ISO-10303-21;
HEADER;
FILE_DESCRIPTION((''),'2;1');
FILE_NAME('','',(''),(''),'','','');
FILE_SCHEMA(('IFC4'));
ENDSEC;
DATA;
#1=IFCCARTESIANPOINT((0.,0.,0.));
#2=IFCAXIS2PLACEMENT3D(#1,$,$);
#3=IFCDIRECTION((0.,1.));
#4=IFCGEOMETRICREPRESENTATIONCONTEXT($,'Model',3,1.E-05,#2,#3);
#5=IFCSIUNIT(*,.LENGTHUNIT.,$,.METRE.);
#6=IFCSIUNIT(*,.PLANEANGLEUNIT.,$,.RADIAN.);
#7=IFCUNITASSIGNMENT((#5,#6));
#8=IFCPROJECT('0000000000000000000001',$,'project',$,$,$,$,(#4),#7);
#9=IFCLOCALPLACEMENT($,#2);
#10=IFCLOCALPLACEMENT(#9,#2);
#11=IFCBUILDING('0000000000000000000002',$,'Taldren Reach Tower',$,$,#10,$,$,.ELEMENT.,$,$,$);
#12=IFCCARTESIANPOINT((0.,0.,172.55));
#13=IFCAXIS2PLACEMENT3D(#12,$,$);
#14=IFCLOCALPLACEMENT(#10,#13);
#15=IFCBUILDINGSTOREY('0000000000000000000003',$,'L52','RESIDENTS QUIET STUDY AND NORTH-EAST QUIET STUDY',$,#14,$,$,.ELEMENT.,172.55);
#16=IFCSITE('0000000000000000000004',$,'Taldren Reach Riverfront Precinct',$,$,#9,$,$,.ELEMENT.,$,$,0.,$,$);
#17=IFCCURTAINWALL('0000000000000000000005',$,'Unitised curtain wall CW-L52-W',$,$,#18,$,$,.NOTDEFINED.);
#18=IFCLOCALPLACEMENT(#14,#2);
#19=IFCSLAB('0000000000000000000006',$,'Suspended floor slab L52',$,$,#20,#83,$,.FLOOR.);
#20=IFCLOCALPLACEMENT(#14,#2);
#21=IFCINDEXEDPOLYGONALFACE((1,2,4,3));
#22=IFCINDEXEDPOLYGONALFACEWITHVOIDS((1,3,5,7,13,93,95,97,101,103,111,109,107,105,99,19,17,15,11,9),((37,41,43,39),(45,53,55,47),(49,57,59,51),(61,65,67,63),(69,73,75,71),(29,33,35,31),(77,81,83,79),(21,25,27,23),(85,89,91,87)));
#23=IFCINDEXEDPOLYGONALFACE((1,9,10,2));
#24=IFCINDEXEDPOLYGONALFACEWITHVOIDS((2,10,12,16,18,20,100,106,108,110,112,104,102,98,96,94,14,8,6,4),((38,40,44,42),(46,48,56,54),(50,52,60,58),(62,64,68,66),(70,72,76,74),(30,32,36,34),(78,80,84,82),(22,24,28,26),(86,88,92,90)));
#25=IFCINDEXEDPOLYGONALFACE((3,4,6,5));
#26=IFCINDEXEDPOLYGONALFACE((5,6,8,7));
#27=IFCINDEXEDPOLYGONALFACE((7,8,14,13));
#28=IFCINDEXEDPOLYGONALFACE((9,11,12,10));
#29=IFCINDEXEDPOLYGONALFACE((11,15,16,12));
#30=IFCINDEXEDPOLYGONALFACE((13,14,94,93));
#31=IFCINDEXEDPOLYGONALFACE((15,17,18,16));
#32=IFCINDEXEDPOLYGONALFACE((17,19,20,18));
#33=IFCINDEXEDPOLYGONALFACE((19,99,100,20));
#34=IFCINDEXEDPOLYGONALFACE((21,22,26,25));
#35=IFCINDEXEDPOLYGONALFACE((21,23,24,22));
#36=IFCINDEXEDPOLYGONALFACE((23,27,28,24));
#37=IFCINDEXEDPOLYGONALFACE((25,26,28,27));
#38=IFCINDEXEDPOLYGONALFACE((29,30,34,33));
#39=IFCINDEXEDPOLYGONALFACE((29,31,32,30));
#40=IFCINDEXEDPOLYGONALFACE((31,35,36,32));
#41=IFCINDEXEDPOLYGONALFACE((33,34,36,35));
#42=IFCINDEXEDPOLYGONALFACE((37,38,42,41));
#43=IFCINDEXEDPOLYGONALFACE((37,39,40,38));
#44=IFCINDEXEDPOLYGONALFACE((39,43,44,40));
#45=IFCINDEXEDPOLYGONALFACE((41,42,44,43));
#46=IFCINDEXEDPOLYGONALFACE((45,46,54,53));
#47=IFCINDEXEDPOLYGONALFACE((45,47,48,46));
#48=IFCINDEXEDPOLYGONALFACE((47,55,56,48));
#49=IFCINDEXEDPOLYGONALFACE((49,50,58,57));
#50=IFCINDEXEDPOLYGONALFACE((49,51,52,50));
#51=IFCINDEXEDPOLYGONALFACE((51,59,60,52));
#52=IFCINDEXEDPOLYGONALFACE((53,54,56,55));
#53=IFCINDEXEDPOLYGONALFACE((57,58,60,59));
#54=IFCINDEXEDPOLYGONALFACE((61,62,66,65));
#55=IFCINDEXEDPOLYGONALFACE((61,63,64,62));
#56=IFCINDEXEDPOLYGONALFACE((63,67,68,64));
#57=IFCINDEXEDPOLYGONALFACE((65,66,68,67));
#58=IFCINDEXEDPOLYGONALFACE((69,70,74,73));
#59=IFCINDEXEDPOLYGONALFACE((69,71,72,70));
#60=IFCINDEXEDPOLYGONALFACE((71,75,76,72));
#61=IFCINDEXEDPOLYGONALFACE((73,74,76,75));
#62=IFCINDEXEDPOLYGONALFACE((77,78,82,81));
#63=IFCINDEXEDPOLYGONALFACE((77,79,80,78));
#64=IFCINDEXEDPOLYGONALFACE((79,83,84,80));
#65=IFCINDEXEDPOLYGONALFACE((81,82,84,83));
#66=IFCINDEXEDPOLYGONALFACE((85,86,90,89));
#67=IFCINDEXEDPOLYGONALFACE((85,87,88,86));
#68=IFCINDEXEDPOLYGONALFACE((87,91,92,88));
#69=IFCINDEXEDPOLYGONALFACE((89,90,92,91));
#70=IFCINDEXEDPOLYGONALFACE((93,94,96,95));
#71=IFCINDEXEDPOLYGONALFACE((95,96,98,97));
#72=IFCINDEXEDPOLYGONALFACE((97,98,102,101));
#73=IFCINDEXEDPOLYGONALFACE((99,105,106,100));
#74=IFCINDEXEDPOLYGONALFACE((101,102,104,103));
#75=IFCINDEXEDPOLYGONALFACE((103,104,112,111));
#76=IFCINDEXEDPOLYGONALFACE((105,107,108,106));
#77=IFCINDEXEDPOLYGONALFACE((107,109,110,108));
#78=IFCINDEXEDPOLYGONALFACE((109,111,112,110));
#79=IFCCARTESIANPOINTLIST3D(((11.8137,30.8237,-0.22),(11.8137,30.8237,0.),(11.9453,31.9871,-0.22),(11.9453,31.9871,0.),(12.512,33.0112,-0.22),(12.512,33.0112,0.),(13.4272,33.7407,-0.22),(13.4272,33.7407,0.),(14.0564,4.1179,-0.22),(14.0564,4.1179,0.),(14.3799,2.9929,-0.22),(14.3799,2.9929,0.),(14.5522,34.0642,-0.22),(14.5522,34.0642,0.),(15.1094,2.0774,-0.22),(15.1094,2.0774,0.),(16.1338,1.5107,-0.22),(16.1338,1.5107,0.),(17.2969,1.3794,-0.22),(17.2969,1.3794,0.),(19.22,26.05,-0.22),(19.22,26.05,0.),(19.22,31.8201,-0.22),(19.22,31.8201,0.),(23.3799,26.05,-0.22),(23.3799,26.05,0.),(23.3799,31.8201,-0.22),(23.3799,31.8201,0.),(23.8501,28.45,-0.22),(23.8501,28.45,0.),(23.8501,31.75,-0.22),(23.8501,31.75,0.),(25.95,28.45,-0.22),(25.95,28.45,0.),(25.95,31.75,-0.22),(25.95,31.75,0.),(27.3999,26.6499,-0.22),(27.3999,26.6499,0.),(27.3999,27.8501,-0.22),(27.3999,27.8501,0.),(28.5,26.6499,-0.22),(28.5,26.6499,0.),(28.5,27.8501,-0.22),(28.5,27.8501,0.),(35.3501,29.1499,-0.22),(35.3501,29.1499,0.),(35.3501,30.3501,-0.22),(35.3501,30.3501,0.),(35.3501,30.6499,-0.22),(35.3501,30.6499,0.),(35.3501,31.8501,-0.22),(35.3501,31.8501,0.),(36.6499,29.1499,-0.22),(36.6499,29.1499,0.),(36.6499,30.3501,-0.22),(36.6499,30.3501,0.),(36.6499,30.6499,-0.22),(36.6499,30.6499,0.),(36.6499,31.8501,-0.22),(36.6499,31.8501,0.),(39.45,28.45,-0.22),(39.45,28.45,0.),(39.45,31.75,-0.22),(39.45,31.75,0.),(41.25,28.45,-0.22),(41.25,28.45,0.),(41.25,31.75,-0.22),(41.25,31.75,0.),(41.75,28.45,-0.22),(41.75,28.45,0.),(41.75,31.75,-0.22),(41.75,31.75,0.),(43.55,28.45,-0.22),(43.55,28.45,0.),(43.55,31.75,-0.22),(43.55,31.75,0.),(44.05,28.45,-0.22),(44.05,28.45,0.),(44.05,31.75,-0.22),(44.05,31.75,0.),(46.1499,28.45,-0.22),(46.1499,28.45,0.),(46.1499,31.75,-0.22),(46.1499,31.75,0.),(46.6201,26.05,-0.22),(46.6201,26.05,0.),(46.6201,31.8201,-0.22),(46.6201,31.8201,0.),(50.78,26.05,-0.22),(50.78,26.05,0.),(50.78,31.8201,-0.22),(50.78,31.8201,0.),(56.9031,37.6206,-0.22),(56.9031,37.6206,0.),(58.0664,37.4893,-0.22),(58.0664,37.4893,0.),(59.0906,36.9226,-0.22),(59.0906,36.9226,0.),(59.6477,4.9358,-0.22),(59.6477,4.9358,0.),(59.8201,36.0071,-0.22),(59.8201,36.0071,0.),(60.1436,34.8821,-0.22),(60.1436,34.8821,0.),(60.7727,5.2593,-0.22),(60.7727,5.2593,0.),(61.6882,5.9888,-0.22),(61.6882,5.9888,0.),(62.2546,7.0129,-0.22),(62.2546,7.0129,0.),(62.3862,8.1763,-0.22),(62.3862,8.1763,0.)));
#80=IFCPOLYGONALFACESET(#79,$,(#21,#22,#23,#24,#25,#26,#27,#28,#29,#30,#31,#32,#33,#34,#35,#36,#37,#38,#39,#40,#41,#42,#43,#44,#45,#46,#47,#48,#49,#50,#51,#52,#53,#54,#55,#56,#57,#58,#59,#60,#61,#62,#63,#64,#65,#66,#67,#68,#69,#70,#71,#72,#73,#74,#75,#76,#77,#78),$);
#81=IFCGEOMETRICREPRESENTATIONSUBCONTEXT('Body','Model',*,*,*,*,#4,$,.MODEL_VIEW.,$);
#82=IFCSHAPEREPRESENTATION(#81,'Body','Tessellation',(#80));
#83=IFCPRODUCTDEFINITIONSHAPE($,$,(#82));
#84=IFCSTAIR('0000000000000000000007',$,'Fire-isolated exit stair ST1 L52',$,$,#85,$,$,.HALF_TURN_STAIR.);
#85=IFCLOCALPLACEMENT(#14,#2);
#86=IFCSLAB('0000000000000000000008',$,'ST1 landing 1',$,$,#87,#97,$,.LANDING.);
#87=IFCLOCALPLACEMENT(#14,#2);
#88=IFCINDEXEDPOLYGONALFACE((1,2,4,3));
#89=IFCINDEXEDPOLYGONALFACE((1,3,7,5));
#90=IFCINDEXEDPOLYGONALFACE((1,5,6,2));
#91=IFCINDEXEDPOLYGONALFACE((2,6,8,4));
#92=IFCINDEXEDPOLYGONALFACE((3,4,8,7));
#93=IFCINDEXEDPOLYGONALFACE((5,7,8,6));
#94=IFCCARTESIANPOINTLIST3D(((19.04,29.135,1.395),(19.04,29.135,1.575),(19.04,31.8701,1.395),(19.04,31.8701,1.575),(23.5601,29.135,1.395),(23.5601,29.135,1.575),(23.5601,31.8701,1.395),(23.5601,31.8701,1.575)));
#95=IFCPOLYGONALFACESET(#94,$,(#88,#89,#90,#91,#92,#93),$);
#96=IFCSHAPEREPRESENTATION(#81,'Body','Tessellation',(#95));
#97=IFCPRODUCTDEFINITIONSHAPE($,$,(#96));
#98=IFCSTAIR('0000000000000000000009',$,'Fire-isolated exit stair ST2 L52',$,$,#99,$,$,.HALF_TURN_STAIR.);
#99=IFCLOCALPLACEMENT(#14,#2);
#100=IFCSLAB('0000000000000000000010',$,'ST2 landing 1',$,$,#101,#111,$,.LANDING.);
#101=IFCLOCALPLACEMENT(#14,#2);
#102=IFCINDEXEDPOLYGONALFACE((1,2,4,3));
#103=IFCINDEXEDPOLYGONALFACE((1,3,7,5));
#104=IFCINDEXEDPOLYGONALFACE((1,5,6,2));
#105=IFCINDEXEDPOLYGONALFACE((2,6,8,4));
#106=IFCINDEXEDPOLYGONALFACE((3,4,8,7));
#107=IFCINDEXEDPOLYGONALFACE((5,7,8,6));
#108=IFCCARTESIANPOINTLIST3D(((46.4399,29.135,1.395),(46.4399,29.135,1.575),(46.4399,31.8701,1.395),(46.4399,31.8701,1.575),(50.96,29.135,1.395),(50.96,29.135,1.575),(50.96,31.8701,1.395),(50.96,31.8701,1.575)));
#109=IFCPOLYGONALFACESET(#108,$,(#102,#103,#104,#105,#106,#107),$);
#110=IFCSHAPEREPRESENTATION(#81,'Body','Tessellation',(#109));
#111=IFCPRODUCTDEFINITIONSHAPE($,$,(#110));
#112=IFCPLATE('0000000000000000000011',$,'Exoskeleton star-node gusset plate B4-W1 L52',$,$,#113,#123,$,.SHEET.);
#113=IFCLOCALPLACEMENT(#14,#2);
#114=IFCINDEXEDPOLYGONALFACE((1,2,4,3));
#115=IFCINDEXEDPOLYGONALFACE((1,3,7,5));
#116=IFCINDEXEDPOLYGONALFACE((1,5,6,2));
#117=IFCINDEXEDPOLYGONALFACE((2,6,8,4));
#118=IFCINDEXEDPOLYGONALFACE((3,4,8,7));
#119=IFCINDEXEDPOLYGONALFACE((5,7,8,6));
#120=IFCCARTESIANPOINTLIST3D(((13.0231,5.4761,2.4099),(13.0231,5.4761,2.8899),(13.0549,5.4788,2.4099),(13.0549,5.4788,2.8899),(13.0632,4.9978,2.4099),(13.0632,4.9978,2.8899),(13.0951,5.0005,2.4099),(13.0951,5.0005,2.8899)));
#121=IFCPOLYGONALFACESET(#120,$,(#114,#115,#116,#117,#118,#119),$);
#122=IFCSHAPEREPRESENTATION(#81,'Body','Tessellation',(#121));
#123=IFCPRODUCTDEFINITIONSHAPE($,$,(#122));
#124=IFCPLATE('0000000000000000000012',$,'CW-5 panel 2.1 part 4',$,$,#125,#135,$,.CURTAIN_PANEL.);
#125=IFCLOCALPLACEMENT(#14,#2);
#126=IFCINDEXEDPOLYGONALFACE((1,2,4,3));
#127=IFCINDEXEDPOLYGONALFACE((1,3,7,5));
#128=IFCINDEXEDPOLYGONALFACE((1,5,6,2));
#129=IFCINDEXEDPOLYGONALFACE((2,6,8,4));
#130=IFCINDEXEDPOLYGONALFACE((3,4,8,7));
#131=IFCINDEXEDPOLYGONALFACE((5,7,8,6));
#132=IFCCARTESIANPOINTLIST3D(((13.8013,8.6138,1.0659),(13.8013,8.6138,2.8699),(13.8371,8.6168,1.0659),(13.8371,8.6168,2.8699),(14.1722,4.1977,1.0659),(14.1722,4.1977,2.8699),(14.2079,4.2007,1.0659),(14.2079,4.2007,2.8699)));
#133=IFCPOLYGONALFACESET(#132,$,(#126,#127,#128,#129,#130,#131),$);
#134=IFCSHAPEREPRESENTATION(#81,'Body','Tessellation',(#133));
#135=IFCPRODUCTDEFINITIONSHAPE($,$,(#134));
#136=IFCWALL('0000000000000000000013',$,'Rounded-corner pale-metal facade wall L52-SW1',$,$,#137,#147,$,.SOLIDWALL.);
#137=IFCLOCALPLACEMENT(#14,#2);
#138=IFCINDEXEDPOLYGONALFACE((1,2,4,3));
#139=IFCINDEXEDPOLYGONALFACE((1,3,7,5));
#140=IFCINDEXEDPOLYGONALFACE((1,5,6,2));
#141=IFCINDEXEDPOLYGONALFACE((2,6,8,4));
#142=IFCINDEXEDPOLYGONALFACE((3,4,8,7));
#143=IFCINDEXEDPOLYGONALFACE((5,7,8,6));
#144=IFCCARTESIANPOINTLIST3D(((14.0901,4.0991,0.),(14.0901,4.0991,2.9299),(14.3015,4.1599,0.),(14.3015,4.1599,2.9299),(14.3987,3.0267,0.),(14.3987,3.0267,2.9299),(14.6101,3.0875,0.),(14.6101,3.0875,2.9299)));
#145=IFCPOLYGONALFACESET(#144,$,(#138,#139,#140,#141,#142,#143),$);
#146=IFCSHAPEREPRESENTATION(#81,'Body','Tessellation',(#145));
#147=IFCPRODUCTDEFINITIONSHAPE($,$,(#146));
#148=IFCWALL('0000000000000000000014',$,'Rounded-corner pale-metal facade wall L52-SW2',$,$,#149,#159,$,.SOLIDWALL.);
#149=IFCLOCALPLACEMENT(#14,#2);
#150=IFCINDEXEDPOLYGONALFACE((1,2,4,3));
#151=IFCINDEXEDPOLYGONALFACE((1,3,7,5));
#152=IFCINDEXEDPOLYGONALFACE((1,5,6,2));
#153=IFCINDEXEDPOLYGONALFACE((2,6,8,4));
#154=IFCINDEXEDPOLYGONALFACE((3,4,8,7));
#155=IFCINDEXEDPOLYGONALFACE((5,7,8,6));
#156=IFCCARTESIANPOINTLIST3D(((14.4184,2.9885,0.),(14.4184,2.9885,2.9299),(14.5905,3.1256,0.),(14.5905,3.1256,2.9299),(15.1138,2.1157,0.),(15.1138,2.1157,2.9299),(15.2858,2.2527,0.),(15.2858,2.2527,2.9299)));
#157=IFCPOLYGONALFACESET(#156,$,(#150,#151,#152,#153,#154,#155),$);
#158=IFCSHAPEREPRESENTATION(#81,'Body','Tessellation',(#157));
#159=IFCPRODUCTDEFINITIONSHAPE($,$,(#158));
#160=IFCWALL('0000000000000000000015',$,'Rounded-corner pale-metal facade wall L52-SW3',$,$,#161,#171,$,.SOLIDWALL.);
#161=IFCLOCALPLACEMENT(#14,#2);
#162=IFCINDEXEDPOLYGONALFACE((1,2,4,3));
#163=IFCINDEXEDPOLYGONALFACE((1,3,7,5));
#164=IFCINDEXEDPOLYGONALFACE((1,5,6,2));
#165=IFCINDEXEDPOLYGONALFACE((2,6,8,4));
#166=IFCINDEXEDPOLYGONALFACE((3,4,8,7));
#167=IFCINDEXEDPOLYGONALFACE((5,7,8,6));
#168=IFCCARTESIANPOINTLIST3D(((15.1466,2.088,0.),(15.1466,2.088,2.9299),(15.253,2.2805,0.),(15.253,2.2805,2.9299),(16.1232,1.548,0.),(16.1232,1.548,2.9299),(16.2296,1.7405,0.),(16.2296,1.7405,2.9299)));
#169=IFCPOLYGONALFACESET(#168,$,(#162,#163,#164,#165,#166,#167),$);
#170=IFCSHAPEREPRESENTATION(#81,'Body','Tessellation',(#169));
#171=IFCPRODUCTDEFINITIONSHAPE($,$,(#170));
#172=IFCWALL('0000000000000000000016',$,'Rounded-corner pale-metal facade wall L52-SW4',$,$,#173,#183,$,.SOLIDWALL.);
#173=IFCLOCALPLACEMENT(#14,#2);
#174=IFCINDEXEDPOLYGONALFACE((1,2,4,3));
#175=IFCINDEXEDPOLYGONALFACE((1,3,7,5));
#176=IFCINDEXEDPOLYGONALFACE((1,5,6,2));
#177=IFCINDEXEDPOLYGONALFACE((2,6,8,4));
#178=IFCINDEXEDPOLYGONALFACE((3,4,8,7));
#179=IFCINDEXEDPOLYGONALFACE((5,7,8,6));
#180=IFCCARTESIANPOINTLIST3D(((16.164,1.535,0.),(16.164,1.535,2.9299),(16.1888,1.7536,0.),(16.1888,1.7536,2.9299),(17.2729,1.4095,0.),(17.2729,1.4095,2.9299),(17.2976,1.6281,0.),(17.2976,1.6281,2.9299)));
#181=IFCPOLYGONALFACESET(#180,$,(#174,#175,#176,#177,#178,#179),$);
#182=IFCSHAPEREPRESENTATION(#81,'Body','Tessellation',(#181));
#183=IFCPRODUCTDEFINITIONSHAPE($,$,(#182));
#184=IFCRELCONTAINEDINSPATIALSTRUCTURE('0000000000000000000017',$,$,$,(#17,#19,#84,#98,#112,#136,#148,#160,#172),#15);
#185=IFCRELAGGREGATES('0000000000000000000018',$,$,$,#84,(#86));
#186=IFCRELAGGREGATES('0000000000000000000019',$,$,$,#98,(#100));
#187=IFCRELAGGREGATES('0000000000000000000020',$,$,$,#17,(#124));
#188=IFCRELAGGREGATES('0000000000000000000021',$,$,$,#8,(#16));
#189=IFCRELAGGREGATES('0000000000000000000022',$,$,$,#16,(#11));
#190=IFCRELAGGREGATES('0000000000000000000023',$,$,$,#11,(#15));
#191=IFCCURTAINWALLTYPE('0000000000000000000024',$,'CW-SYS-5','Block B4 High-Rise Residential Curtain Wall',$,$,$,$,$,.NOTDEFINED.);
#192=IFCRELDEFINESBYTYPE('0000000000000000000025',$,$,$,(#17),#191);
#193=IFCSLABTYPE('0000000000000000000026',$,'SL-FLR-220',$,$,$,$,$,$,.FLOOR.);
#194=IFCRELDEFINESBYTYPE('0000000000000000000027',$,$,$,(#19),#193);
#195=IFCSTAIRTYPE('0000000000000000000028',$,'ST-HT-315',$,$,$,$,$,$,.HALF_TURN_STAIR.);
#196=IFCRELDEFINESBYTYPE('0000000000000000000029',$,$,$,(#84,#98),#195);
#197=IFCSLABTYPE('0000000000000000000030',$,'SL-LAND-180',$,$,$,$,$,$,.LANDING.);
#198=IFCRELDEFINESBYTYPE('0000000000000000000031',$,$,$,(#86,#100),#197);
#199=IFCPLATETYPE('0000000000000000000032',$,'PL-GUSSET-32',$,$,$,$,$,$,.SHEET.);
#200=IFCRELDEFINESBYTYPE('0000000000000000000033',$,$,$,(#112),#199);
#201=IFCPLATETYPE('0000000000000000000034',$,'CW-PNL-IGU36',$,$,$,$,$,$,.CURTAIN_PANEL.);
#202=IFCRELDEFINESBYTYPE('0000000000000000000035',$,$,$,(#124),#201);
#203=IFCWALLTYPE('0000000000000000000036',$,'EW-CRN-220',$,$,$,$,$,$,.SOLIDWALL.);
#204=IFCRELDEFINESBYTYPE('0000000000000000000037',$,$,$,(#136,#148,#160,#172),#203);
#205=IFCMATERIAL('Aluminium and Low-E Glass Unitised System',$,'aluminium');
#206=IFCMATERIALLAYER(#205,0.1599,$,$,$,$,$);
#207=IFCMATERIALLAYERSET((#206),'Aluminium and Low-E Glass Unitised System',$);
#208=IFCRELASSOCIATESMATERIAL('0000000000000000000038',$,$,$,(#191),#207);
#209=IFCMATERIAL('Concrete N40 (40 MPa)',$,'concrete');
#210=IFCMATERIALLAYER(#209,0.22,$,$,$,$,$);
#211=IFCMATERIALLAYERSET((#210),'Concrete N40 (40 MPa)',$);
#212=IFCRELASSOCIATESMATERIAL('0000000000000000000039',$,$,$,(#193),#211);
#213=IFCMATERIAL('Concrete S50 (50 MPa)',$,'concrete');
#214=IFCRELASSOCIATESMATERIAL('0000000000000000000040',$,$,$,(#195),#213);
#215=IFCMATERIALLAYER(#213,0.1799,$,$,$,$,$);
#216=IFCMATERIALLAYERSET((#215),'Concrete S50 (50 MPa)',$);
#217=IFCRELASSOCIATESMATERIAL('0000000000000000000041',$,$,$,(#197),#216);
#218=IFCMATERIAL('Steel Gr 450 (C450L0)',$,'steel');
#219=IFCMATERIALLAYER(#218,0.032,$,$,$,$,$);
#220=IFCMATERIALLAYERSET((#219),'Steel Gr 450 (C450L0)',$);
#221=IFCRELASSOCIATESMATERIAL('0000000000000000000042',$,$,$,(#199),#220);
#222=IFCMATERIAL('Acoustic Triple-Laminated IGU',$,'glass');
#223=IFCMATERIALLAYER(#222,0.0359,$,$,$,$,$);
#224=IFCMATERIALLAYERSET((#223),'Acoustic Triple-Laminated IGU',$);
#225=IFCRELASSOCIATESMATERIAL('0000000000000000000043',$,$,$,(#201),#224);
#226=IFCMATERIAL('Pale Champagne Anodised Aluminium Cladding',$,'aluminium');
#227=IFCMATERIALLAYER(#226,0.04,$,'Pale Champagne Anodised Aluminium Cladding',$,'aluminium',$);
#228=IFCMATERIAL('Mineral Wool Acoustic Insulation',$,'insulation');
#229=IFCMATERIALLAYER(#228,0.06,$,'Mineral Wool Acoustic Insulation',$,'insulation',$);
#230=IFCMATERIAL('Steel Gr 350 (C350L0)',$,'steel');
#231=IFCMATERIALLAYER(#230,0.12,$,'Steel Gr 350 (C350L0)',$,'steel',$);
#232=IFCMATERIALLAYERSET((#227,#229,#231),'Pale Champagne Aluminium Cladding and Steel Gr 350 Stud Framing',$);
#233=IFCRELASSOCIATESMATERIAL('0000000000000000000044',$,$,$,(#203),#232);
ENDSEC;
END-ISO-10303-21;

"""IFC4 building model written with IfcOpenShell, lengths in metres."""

from ifc_helpers import new_model, si_unit, direction, frame, frame_2d, origin, origin_2d, place, context, subcontext, project, spatial, polyline, rectangle, outline, extrude, source, transform, mapped, material, layer, layer_set, type_object, element, aggregate, save


model = new_model("IFC4")

# Units and contexts
model_context = context("Model", 3, precision=1e-05, world=origin(), true_north=direction((0.0, 1.0)))
body_context = subcontext(model_context, "Body", "Model", "MODEL_VIEW")
ifc_project = project(units=[si_unit("LENGTHUNIT", "METRE"), si_unit("PLANEANGLEUNIT", "RADIAN")], contexts=[model_context])

# Site, building, storey
site_placement = place(None, origin())
site = spatial("IfcSite", under=ifc_project, at=site_placement, Name="Taldren Reach Riverfront Precinct", CompositionType="ELEMENT", RefElevation=0.0)
building_placement = place(site_placement, origin())
building = spatial("IfcBuilding", under=site, at=building_placement, Name="Taldren Reach Tower", CompositionType="ELEMENT")
storey_placement = place(building_placement, frame((0.0, 0.0, 172.55)))
storey = spatial("IfcBuildingStorey", under=building, at=storey_placement, Name="L52", Description="RESIDENTS QUIET STUDY AND NORTH-EAST QUIET STUDY", CompositionType="ELEMENT", Elevation=172.55)

# Shared definitions
ifc_material_1 = material(Name="Steel Gr 350 (C350L0)", Category="steel")

# Shared definitions
ifc_material_2 = material(Name="Steel Gr 450 (C450L0)", Category="steel")

# Curtain wall
ifc_material_3 = material(Name="Aluminium and Low-E Glass Unitised System", Category="aluminium")
ifc_layer_1 = layer(ifc_material_3, 0.1599)
ifc_layer_set_1 = layer_set([ifc_layer_1], Name="Aluminium and Low-E Glass Unitised System")
curtain_wall_type = type_object("IfcCurtainWallType", Name="CW-SYS-5", Description="Block B4 High-Rise Residential Curtain Wall", PredefinedType="NOTDEFINED", material=ifc_layer_set_1)
curtain_wall_1_placement = place(storey_placement, origin())
curtain_wall_1 = element("IfcCurtainWall", 1, at=curtain_wall_1_placement, inside=storey, type_object=curtain_wall_type, Name="Unitised curtain wall CW-L52-W", PredefinedType="NOTDEFINED")

# Slab
ifc_material_4 = material(Name="Concrete N40 (40 MPa)", Category="concrete")
ifc_layer_2 = layer(ifc_material_4, 0.22)
ifc_layer_set_2 = layer_set([ifc_layer_2], Name="Concrete N40 (40 MPa)")
slab_type_1 = type_object("IfcSlabType", Name="SL-FLR-220", PredefinedType="FLOOR", material=ifc_layer_set_2)
slab_1_placement = place(storey_placement, frame((0.0, 0.0, -0.22)))
element("IfcSlab", 2, at=slab_1_placement, inside=storey, type_object=slab_type_1, Name="Suspended floor slab L52", PredefinedType="FLOOR", context=body_context, shape_type="SweptSolid", body=[
    extrude(outline(polyline([(59.6477, 4.9358), (60.7727, 5.2593), (61.6882, 5.9888), (62.2546, 7.0129), (62.3862, 8.1763), (60.1436, 34.8821), (59.8201, 36.0071), (59.0906, 36.9226), (58.0664, 37.4893), (56.9031, 37.6206), (14.5522, 34.0642), (13.4272, 33.7407), (12.512, 33.0112), (11.9453, 31.9871), (11.8137, 30.8237), (14.0564, 4.1179), (14.3799, 2.9929), (15.1094, 2.0774), (16.1338, 1.5107), (17.2969, 1.3794), (59.6477, 4.9358)]), holes=[polyline([(19.22, 26.05), (23.3799, 26.05), (23.3799, 31.8201), (19.22, 31.8201), (19.22, 26.05)]), polyline([(46.6201, 26.05), (50.78, 26.05), (50.78, 31.8201), (46.6201, 31.8201), (46.6201, 26.05)]), polyline([(23.8501, 28.45), (25.95, 28.45), (25.95, 31.75), (23.8501, 31.75), (23.8501, 28.45)]), polyline([(44.05, 28.45), (46.1499, 28.45), (46.1499, 31.75), (44.05, 31.75), (44.05, 28.45)]), polyline([(39.45, 28.45), (41.25, 28.45), (41.25, 31.75), (39.45, 31.75), (39.45, 28.45)]), polyline([(41.75, 28.45), (43.55, 28.45), (43.55, 31.75), (41.75, 31.75), (41.75, 28.45)]), polyline([(35.3501, 30.6499), (36.6499, 30.6499), (36.6499, 31.8501), (35.3501, 31.8501), (35.3501, 30.6499)]), polyline([(35.3501, 29.1499), (36.6499, 29.1499), (36.6499, 30.3501), (35.3501, 30.3501), (35.3501, 29.1499)]), polyline([(27.3999, 26.6499), (28.5, 26.6499), (28.5, 27.8501), (27.3999, 27.8501), (27.3999, 26.6499)])]), origin(), (0.0, 0.0, 1.0), 0.22),
])

# Stairs, slabs
ifc_material_5 = material(Name="Concrete S50 (50 MPa)", Category="concrete")
stair_type = type_object("IfcStairType", Name="ST-HT-315", PredefinedType="HALF_TURN_STAIR", material=ifc_material_5)
stair_1_placement = place(storey_placement, origin())
stair_1 = element("IfcStair", 3, at=stair_1_placement, inside=storey, type_object=stair_type, Name="Fire-isolated exit stair ST1 L52", PredefinedType="HALF_TURN_STAIR")
ifc_layer_3 = layer(ifc_material_5, 0.1799)
ifc_layer_set_3 = layer_set([ifc_layer_3], Name="Concrete S50 (50 MPa)")
slab_type_2 = type_object("IfcSlabType", Name="SL-LAND-180", PredefinedType="LANDING", material=ifc_layer_set_3)
slab_2_placement = place(storey_placement, frame((0.0, 0.0, 1.395)))
slab_2 = element("IfcSlab", 4, at=slab_2_placement, type_object=slab_type_2, Name="ST1 landing 1", PredefinedType="LANDING", context=body_context, shape_type="SweptSolid", body=[
    extrude(outline(polyline([(19.04, 29.135), (23.5601, 29.135), (23.5601, 31.8701), (19.04, 31.8701), (19.04, 29.135)])), origin(), (0.0, 0.0, 1.0), 0.1799),
])
aggregate(stair_1, [slab_2])
stair_2_placement = place(storey_placement, origin())
stair_2 = element("IfcStair", 5, at=stair_2_placement, inside=storey, type_object=stair_type, Name="Fire-isolated exit stair ST2 L52", PredefinedType="HALF_TURN_STAIR")
slab_3_placement = place(storey_placement, frame((0.0, 0.0, 1.395)))
slab_3 = element("IfcSlab", 6, at=slab_3_placement, type_object=slab_type_2, Name="ST2 landing 1", PredefinedType="LANDING", context=body_context, shape_type="SweptSolid", body=[
    extrude(outline(polyline([(46.4399, 29.135), (50.96, 29.135), (50.96, 31.8701), (46.4399, 31.8701), (46.4399, 29.135)])), origin(), (0.0, 0.0, 1.0), 0.1799),
])
aggregate(stair_2, [slab_3])

# Plates
ifc_layer_4 = layer(ifc_material_2, 0.032)
ifc_layer_set_4 = layer_set([ifc_layer_4], Name="Steel Gr 450 (C450L0)")
plate_type_1 = type_object("IfcPlateType", Name="PL-GUSSET-32", PredefinedType="SHEET", material=ifc_layer_set_4)
shared_shape_1 = source(origin(), body_context, "Body", "SweptSolid", [
    extrude(rectangle(XDim=0.48, YDim=0.032, at=origin_2d()), origin(), (0.0, 0.0, 1.0), 0.48),
])
plate_1_placement = place(storey_placement, frame((13.0591, 5.2383, 2.4099), z_axis=(0.0, 0.0, 1.0), x_axis=(-0.083678, 0.996493, 0.0)))
element("IfcPlate", 7, at=plate_1_placement, inside=storey, type_object=plate_type_1, Name="Exoskeleton star-node gusset plate B4-W1 L52", PredefinedType="SHEET", context=body_context, shape_type="MappedRepresentation", body=[
    mapped(shared_shape_1, transform((0.0, 0.0, 0.0), scale=1.0)),
])
ifc_material_6 = material(Name="Acoustic Triple-Laminated IGU", Category="glass")
ifc_layer_5 = layer(ifc_material_6, 0.0359)
ifc_layer_set_5 = layer_set([ifc_layer_5], Name="Acoustic Triple-Laminated IGU")
plate_type_2 = type_object("IfcPlateType", Name="CW-PNL-IGU36", PredefinedType="CURTAIN_PANEL", material=ifc_layer_set_5)
shared_shape_2 = source(origin(), body_context, "Body", "SweptSolid", [
    extrude(rectangle(XDim=4.4316, YDim=0.0359, at=origin_2d()), origin(), (0.0, 0.0, 1.0), 1.804),
])
plate_2_placement = place(storey_placement, frame((14.0046, 6.4072, 1.0659), z_axis=(0.0, 0.0, 1.0), x_axis=(0.083678, -0.996493, 0.0)))
plate_2 = element("IfcPlate", 8, at=plate_2_placement, type_object=plate_type_2, Name="CW-5 panel 2.1 part 4", PredefinedType="CURTAIN_PANEL", context=body_context, shape_type="MappedRepresentation", body=[
    mapped(shared_shape_2, transform((0.0, 0.0, 0.0), scale=1.0)),
])
aggregate(curtain_wall_1, [plate_2])

# Walls
ifc_material_7 = material(Name="Pale Champagne Anodised Aluminium Cladding", Category="aluminium")
ifc_layer_6 = layer(ifc_material_7, 0.04, Name="Pale Champagne Anodised Aluminium Cladding", Category="aluminium")
ifc_material_8 = material(Name="Mineral Wool Acoustic Insulation", Category="insulation")
ifc_layer_7 = layer(ifc_material_8, 0.06, Name="Mineral Wool Acoustic Insulation", Category="insulation")
ifc_layer_8 = layer(ifc_material_1, 0.12, Name="Steel Gr 350 (C350L0)", Category="steel")
ifc_layer_set_6 = layer_set([ifc_layer_6, ifc_layer_7, ifc_layer_8], Name="Pale Champagne Aluminium Cladding and Steel Gr 350 Stud Framing")
wall_type_1 = type_object("IfcWallType", Name="EW-CRN-220", PredefinedType="SOLIDWALL", material=ifc_layer_set_6)
shared_shape_3 = source(origin(), body_context, "Body", "SweptSolid", [
    extrude(rectangle(XDim=1.116, YDim=0.22, at=frame_2d((0.5581, 0.0))), origin(), (0.0, 0.0, 1.0), 2.9299),
])
for number, where, z_axis, x_axis, name in (
    (9, (14.1958, 4.1296, 0.0), (0.0, 0.0, 1.0), (0.276512, -0.96101, 0.0), "Rounded-corner pale-metal facade wall L52-SW1"),
    (10, (14.5044, 3.0571, 0.0), (0.0, 0.0, 1.0), (0.623093, -0.782148, 0.0), "Rounded-corner pale-metal facade wall L52-SW2"),
    (11, (15.1997, 2.1843, 0.0), (0.0, 0.0, 1.0), (0.875105, -0.483933, 0.0), "Rounded-corner pale-metal facade wall L52-SW3"),
    (12, (16.1763, 1.6443, 0.0), (0.0, 0.0, 1.0), (0.993658, -0.112448, 0.0), "Rounded-corner pale-metal facade wall L52-SW4"),
):
    element("IfcWall", number, at=place(storey_placement, frame(where, z_axis=z_axis, x_axis=x_axis)), inside=storey, type_object=wall_type_1, Name=name, PredefinedType="SOLIDWALL", context=body_context, shape_type="MappedRepresentation", body=[
        mapped(shared_shape_3, transform((0.0, 0.0, 0.0), scale=1.0)),
    ])

save(model, "model.ifc")
